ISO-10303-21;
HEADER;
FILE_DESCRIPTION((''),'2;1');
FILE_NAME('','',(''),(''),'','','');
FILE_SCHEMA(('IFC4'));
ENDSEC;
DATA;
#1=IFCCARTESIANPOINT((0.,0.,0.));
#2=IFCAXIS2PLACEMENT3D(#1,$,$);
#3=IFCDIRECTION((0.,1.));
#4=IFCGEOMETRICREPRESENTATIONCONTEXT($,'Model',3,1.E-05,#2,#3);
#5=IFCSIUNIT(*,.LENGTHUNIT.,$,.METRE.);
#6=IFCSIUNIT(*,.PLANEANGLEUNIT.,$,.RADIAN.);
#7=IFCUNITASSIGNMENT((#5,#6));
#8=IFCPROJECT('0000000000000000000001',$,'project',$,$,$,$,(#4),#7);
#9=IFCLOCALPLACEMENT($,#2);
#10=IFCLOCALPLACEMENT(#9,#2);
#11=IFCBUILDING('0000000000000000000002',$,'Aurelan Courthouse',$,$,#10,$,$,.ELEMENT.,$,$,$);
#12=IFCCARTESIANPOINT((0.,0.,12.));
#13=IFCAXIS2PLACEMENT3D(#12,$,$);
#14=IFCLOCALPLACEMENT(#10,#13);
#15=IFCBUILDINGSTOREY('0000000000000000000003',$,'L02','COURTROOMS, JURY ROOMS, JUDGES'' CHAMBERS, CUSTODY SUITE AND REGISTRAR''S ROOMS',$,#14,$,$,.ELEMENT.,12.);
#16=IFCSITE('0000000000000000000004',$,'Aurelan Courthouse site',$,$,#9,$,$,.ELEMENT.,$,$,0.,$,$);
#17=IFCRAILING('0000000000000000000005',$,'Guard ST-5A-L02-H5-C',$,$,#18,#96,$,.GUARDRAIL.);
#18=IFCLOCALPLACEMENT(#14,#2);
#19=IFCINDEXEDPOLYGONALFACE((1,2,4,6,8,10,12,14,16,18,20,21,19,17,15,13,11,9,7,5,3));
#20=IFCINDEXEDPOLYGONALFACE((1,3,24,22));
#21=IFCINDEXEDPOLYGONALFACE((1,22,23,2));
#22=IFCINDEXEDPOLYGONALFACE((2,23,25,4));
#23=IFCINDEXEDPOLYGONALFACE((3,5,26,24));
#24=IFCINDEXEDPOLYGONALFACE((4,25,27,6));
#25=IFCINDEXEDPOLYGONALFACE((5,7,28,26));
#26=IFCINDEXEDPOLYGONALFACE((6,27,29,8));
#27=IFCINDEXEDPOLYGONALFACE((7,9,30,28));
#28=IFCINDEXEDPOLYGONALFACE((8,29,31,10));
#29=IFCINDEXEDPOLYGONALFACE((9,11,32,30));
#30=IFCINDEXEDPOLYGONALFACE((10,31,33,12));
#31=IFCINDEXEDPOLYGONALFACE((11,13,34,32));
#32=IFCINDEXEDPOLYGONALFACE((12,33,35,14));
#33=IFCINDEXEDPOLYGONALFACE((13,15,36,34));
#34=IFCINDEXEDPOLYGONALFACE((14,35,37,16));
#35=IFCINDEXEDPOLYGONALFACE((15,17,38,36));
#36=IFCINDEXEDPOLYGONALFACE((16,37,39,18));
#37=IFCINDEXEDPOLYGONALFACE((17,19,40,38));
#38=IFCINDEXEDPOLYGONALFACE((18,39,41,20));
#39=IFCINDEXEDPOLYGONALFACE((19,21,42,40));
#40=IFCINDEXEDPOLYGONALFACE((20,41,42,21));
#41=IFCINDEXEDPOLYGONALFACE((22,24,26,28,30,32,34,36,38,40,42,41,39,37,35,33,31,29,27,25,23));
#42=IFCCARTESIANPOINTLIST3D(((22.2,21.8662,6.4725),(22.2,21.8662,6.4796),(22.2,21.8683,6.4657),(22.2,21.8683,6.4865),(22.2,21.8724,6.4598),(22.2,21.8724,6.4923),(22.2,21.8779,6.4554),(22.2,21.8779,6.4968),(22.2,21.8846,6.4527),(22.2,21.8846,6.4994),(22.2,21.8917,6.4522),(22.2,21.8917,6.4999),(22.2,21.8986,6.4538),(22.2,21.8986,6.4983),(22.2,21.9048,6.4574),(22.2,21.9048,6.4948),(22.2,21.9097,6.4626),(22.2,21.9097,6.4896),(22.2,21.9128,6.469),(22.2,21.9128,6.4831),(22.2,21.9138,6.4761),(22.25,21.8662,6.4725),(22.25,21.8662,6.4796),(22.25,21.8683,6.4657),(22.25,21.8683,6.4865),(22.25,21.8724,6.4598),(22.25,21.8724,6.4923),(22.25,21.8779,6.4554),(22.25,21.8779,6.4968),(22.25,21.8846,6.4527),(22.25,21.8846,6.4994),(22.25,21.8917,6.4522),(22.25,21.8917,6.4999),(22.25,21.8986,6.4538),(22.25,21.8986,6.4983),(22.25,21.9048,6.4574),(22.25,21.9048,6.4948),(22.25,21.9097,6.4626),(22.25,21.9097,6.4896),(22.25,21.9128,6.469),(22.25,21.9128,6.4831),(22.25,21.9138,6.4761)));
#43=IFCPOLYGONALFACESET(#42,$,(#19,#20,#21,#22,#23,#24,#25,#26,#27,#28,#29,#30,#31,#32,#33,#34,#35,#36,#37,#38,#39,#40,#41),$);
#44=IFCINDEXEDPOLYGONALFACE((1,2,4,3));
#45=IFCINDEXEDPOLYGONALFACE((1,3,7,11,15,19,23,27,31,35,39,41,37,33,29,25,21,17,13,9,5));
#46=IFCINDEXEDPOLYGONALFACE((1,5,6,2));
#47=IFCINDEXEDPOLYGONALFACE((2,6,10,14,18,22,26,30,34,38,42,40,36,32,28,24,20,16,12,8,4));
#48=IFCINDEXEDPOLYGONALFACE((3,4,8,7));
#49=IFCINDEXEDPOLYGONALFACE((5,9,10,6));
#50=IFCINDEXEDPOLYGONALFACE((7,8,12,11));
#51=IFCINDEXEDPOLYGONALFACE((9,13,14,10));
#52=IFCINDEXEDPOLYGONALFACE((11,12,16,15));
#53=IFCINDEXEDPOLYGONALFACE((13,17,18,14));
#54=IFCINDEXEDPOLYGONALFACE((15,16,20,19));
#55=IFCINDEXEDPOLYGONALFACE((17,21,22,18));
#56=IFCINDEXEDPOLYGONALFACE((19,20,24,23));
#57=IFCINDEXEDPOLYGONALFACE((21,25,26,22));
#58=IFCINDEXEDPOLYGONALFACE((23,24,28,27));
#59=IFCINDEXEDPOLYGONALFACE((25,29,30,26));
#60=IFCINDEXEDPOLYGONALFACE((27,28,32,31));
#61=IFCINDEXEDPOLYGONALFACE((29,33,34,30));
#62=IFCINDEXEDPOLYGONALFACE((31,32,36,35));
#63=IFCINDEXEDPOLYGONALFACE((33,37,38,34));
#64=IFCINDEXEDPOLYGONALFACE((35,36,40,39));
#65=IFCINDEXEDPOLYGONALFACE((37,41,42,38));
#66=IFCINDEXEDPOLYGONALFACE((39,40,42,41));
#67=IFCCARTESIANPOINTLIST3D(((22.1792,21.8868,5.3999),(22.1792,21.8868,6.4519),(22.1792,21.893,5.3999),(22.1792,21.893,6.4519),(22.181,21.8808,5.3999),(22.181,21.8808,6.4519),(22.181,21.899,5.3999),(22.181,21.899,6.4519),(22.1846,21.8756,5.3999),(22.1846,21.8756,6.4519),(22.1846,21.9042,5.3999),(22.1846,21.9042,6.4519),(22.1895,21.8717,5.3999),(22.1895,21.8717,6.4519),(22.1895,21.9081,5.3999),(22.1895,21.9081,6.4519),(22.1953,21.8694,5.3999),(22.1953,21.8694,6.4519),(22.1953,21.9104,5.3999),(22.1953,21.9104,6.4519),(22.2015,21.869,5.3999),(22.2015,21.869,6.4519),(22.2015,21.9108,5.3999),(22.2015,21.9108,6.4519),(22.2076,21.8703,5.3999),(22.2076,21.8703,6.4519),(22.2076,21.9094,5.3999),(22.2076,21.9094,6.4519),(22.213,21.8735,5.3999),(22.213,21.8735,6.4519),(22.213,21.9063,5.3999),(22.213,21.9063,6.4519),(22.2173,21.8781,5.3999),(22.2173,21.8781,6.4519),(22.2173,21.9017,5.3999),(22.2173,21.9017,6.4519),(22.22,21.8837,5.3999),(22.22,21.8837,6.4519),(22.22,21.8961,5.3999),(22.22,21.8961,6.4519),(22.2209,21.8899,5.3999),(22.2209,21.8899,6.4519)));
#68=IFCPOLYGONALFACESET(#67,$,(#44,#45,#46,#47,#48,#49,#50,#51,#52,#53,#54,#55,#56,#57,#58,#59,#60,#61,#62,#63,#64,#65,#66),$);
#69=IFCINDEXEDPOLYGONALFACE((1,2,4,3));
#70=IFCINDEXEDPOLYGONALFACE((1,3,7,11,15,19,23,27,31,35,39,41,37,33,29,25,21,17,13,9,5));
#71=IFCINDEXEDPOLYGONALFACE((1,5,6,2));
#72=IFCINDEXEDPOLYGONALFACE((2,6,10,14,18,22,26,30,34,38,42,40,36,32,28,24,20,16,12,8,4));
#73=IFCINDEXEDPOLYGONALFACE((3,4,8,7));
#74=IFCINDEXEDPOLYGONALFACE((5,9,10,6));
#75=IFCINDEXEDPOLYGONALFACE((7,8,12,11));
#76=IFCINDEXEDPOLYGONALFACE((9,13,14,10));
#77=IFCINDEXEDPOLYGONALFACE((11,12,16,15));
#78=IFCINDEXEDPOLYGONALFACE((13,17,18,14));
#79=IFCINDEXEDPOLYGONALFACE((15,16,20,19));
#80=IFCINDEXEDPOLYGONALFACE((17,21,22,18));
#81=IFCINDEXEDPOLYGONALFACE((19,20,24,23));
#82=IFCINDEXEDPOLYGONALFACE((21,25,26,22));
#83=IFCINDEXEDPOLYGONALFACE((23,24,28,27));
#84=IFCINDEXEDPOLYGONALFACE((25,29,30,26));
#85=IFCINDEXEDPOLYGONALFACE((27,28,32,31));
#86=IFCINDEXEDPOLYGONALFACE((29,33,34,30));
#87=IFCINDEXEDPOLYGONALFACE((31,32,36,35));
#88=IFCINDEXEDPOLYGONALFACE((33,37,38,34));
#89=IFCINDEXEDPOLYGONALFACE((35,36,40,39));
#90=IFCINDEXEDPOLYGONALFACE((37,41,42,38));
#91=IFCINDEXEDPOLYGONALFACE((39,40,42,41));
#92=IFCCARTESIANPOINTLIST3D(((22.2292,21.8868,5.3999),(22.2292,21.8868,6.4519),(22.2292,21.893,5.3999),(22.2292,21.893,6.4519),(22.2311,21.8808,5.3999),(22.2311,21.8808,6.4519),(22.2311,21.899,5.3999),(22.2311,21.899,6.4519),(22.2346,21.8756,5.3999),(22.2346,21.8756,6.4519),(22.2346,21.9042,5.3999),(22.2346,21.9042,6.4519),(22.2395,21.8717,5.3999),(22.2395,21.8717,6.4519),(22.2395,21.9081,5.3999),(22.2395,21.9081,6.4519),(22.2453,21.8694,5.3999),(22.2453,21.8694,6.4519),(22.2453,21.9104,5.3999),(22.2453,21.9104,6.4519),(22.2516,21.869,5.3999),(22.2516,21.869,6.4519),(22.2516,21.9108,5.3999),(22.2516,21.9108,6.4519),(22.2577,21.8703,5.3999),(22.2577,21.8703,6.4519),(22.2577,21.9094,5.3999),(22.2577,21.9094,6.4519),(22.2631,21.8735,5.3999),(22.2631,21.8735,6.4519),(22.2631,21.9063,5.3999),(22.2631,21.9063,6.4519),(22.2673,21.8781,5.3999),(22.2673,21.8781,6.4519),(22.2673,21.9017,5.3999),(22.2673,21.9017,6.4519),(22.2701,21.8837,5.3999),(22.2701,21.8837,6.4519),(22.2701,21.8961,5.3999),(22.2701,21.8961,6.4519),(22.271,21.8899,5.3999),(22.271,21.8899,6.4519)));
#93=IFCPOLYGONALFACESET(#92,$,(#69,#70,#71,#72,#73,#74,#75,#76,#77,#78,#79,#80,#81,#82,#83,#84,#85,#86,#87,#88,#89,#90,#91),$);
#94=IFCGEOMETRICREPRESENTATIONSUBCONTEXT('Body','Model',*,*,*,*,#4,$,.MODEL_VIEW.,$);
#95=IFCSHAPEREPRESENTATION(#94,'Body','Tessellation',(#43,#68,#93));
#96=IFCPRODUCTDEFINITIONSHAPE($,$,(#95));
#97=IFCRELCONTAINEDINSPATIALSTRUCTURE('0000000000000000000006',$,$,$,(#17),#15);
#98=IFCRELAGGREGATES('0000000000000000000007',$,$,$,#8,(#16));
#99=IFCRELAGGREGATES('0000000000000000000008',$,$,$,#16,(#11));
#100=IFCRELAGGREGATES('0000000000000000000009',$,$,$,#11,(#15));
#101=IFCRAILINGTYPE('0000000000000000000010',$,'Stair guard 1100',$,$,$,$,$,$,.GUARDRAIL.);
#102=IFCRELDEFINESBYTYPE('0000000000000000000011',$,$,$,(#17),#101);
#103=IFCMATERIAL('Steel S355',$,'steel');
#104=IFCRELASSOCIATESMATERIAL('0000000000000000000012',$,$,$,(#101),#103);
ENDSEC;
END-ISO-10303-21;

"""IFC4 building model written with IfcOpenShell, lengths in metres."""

from ifc_helpers import new_model, si_unit, direction, frame, origin, origin_2d, place, context, subcontext, project, spatial, circle, extrude, material, type_object, element, save


model = new_model("IFC4")

# Units and contexts
model_context = context("Model", 3, precision=1e-05, world=origin(), true_north=direction((0.0, 1.0)))
body_context = subcontext(model_context, "Body", "Model", "MODEL_VIEW")
ifc_project = project(units=[si_unit("LENGTHUNIT", "METRE"), si_unit("PLANEANGLEUNIT", "RADIAN")], contexts=[model_context])

# Site, building, storey
site_placement = place(None, origin())
site = spatial("IfcSite", under=ifc_project, at=site_placement, Name="Aurelan Courthouse site", CompositionType="ELEMENT", RefElevation=0.0)
building_placement = place(site_placement, origin())
building = spatial("IfcBuilding", under=site, at=building_placement, Name="Aurelan Courthouse", CompositionType="ELEMENT")
storey_placement = place(building_placement, frame((0.0, 0.0, 12.0)))
storey = spatial("IfcBuildingStorey", under=building, at=storey_placement, Name="L02", Description="COURTROOMS, JURY ROOMS, JUDGES' CHAMBERS, CUSTODY SUITE AND REGISTRAR'S ROOMS", CompositionType="ELEMENT", Elevation=12.0)

# Railing
ifc_material_1 = material(Name="Steel S355", Category="steel")
railing_type_1 = type_object("IfcRailingType", Name="Stair guard 1100", PredefinedType="GUARDRAIL", material=ifc_material_1)
railing_placement = place(storey_placement, frame((22.2, 21.8899, 5.3999)))
element("IfcRailing", 1, at=railing_placement, inside=storey, type_object=railing_type_1, Name="Guard ST-5A-L02-H5-C", PredefinedType="GUARDRAIL", context=body_context, shape_type="SweptSolid", body=[
    extrude(circle(Radius=0.0239, at=origin_2d()), frame((0.0, 0.0, 1.0762), z_axis=(1.0, 0.0, 0.0), x_axis=(0.0, 1.0, 0.0)), (0.0, 0.0, 1.0), 0.05),
    extrude(circle(Radius=0.021, at=origin_2d()), origin(), (0.0, 0.0, 1.0), 1.052),
    extrude(circle(Radius=0.021, at=origin_2d()), frame((0.05, 0.0, 0.0)), (0.0, 0.0, 1.0), 1.052),
])

save(model, "model.ifc")
